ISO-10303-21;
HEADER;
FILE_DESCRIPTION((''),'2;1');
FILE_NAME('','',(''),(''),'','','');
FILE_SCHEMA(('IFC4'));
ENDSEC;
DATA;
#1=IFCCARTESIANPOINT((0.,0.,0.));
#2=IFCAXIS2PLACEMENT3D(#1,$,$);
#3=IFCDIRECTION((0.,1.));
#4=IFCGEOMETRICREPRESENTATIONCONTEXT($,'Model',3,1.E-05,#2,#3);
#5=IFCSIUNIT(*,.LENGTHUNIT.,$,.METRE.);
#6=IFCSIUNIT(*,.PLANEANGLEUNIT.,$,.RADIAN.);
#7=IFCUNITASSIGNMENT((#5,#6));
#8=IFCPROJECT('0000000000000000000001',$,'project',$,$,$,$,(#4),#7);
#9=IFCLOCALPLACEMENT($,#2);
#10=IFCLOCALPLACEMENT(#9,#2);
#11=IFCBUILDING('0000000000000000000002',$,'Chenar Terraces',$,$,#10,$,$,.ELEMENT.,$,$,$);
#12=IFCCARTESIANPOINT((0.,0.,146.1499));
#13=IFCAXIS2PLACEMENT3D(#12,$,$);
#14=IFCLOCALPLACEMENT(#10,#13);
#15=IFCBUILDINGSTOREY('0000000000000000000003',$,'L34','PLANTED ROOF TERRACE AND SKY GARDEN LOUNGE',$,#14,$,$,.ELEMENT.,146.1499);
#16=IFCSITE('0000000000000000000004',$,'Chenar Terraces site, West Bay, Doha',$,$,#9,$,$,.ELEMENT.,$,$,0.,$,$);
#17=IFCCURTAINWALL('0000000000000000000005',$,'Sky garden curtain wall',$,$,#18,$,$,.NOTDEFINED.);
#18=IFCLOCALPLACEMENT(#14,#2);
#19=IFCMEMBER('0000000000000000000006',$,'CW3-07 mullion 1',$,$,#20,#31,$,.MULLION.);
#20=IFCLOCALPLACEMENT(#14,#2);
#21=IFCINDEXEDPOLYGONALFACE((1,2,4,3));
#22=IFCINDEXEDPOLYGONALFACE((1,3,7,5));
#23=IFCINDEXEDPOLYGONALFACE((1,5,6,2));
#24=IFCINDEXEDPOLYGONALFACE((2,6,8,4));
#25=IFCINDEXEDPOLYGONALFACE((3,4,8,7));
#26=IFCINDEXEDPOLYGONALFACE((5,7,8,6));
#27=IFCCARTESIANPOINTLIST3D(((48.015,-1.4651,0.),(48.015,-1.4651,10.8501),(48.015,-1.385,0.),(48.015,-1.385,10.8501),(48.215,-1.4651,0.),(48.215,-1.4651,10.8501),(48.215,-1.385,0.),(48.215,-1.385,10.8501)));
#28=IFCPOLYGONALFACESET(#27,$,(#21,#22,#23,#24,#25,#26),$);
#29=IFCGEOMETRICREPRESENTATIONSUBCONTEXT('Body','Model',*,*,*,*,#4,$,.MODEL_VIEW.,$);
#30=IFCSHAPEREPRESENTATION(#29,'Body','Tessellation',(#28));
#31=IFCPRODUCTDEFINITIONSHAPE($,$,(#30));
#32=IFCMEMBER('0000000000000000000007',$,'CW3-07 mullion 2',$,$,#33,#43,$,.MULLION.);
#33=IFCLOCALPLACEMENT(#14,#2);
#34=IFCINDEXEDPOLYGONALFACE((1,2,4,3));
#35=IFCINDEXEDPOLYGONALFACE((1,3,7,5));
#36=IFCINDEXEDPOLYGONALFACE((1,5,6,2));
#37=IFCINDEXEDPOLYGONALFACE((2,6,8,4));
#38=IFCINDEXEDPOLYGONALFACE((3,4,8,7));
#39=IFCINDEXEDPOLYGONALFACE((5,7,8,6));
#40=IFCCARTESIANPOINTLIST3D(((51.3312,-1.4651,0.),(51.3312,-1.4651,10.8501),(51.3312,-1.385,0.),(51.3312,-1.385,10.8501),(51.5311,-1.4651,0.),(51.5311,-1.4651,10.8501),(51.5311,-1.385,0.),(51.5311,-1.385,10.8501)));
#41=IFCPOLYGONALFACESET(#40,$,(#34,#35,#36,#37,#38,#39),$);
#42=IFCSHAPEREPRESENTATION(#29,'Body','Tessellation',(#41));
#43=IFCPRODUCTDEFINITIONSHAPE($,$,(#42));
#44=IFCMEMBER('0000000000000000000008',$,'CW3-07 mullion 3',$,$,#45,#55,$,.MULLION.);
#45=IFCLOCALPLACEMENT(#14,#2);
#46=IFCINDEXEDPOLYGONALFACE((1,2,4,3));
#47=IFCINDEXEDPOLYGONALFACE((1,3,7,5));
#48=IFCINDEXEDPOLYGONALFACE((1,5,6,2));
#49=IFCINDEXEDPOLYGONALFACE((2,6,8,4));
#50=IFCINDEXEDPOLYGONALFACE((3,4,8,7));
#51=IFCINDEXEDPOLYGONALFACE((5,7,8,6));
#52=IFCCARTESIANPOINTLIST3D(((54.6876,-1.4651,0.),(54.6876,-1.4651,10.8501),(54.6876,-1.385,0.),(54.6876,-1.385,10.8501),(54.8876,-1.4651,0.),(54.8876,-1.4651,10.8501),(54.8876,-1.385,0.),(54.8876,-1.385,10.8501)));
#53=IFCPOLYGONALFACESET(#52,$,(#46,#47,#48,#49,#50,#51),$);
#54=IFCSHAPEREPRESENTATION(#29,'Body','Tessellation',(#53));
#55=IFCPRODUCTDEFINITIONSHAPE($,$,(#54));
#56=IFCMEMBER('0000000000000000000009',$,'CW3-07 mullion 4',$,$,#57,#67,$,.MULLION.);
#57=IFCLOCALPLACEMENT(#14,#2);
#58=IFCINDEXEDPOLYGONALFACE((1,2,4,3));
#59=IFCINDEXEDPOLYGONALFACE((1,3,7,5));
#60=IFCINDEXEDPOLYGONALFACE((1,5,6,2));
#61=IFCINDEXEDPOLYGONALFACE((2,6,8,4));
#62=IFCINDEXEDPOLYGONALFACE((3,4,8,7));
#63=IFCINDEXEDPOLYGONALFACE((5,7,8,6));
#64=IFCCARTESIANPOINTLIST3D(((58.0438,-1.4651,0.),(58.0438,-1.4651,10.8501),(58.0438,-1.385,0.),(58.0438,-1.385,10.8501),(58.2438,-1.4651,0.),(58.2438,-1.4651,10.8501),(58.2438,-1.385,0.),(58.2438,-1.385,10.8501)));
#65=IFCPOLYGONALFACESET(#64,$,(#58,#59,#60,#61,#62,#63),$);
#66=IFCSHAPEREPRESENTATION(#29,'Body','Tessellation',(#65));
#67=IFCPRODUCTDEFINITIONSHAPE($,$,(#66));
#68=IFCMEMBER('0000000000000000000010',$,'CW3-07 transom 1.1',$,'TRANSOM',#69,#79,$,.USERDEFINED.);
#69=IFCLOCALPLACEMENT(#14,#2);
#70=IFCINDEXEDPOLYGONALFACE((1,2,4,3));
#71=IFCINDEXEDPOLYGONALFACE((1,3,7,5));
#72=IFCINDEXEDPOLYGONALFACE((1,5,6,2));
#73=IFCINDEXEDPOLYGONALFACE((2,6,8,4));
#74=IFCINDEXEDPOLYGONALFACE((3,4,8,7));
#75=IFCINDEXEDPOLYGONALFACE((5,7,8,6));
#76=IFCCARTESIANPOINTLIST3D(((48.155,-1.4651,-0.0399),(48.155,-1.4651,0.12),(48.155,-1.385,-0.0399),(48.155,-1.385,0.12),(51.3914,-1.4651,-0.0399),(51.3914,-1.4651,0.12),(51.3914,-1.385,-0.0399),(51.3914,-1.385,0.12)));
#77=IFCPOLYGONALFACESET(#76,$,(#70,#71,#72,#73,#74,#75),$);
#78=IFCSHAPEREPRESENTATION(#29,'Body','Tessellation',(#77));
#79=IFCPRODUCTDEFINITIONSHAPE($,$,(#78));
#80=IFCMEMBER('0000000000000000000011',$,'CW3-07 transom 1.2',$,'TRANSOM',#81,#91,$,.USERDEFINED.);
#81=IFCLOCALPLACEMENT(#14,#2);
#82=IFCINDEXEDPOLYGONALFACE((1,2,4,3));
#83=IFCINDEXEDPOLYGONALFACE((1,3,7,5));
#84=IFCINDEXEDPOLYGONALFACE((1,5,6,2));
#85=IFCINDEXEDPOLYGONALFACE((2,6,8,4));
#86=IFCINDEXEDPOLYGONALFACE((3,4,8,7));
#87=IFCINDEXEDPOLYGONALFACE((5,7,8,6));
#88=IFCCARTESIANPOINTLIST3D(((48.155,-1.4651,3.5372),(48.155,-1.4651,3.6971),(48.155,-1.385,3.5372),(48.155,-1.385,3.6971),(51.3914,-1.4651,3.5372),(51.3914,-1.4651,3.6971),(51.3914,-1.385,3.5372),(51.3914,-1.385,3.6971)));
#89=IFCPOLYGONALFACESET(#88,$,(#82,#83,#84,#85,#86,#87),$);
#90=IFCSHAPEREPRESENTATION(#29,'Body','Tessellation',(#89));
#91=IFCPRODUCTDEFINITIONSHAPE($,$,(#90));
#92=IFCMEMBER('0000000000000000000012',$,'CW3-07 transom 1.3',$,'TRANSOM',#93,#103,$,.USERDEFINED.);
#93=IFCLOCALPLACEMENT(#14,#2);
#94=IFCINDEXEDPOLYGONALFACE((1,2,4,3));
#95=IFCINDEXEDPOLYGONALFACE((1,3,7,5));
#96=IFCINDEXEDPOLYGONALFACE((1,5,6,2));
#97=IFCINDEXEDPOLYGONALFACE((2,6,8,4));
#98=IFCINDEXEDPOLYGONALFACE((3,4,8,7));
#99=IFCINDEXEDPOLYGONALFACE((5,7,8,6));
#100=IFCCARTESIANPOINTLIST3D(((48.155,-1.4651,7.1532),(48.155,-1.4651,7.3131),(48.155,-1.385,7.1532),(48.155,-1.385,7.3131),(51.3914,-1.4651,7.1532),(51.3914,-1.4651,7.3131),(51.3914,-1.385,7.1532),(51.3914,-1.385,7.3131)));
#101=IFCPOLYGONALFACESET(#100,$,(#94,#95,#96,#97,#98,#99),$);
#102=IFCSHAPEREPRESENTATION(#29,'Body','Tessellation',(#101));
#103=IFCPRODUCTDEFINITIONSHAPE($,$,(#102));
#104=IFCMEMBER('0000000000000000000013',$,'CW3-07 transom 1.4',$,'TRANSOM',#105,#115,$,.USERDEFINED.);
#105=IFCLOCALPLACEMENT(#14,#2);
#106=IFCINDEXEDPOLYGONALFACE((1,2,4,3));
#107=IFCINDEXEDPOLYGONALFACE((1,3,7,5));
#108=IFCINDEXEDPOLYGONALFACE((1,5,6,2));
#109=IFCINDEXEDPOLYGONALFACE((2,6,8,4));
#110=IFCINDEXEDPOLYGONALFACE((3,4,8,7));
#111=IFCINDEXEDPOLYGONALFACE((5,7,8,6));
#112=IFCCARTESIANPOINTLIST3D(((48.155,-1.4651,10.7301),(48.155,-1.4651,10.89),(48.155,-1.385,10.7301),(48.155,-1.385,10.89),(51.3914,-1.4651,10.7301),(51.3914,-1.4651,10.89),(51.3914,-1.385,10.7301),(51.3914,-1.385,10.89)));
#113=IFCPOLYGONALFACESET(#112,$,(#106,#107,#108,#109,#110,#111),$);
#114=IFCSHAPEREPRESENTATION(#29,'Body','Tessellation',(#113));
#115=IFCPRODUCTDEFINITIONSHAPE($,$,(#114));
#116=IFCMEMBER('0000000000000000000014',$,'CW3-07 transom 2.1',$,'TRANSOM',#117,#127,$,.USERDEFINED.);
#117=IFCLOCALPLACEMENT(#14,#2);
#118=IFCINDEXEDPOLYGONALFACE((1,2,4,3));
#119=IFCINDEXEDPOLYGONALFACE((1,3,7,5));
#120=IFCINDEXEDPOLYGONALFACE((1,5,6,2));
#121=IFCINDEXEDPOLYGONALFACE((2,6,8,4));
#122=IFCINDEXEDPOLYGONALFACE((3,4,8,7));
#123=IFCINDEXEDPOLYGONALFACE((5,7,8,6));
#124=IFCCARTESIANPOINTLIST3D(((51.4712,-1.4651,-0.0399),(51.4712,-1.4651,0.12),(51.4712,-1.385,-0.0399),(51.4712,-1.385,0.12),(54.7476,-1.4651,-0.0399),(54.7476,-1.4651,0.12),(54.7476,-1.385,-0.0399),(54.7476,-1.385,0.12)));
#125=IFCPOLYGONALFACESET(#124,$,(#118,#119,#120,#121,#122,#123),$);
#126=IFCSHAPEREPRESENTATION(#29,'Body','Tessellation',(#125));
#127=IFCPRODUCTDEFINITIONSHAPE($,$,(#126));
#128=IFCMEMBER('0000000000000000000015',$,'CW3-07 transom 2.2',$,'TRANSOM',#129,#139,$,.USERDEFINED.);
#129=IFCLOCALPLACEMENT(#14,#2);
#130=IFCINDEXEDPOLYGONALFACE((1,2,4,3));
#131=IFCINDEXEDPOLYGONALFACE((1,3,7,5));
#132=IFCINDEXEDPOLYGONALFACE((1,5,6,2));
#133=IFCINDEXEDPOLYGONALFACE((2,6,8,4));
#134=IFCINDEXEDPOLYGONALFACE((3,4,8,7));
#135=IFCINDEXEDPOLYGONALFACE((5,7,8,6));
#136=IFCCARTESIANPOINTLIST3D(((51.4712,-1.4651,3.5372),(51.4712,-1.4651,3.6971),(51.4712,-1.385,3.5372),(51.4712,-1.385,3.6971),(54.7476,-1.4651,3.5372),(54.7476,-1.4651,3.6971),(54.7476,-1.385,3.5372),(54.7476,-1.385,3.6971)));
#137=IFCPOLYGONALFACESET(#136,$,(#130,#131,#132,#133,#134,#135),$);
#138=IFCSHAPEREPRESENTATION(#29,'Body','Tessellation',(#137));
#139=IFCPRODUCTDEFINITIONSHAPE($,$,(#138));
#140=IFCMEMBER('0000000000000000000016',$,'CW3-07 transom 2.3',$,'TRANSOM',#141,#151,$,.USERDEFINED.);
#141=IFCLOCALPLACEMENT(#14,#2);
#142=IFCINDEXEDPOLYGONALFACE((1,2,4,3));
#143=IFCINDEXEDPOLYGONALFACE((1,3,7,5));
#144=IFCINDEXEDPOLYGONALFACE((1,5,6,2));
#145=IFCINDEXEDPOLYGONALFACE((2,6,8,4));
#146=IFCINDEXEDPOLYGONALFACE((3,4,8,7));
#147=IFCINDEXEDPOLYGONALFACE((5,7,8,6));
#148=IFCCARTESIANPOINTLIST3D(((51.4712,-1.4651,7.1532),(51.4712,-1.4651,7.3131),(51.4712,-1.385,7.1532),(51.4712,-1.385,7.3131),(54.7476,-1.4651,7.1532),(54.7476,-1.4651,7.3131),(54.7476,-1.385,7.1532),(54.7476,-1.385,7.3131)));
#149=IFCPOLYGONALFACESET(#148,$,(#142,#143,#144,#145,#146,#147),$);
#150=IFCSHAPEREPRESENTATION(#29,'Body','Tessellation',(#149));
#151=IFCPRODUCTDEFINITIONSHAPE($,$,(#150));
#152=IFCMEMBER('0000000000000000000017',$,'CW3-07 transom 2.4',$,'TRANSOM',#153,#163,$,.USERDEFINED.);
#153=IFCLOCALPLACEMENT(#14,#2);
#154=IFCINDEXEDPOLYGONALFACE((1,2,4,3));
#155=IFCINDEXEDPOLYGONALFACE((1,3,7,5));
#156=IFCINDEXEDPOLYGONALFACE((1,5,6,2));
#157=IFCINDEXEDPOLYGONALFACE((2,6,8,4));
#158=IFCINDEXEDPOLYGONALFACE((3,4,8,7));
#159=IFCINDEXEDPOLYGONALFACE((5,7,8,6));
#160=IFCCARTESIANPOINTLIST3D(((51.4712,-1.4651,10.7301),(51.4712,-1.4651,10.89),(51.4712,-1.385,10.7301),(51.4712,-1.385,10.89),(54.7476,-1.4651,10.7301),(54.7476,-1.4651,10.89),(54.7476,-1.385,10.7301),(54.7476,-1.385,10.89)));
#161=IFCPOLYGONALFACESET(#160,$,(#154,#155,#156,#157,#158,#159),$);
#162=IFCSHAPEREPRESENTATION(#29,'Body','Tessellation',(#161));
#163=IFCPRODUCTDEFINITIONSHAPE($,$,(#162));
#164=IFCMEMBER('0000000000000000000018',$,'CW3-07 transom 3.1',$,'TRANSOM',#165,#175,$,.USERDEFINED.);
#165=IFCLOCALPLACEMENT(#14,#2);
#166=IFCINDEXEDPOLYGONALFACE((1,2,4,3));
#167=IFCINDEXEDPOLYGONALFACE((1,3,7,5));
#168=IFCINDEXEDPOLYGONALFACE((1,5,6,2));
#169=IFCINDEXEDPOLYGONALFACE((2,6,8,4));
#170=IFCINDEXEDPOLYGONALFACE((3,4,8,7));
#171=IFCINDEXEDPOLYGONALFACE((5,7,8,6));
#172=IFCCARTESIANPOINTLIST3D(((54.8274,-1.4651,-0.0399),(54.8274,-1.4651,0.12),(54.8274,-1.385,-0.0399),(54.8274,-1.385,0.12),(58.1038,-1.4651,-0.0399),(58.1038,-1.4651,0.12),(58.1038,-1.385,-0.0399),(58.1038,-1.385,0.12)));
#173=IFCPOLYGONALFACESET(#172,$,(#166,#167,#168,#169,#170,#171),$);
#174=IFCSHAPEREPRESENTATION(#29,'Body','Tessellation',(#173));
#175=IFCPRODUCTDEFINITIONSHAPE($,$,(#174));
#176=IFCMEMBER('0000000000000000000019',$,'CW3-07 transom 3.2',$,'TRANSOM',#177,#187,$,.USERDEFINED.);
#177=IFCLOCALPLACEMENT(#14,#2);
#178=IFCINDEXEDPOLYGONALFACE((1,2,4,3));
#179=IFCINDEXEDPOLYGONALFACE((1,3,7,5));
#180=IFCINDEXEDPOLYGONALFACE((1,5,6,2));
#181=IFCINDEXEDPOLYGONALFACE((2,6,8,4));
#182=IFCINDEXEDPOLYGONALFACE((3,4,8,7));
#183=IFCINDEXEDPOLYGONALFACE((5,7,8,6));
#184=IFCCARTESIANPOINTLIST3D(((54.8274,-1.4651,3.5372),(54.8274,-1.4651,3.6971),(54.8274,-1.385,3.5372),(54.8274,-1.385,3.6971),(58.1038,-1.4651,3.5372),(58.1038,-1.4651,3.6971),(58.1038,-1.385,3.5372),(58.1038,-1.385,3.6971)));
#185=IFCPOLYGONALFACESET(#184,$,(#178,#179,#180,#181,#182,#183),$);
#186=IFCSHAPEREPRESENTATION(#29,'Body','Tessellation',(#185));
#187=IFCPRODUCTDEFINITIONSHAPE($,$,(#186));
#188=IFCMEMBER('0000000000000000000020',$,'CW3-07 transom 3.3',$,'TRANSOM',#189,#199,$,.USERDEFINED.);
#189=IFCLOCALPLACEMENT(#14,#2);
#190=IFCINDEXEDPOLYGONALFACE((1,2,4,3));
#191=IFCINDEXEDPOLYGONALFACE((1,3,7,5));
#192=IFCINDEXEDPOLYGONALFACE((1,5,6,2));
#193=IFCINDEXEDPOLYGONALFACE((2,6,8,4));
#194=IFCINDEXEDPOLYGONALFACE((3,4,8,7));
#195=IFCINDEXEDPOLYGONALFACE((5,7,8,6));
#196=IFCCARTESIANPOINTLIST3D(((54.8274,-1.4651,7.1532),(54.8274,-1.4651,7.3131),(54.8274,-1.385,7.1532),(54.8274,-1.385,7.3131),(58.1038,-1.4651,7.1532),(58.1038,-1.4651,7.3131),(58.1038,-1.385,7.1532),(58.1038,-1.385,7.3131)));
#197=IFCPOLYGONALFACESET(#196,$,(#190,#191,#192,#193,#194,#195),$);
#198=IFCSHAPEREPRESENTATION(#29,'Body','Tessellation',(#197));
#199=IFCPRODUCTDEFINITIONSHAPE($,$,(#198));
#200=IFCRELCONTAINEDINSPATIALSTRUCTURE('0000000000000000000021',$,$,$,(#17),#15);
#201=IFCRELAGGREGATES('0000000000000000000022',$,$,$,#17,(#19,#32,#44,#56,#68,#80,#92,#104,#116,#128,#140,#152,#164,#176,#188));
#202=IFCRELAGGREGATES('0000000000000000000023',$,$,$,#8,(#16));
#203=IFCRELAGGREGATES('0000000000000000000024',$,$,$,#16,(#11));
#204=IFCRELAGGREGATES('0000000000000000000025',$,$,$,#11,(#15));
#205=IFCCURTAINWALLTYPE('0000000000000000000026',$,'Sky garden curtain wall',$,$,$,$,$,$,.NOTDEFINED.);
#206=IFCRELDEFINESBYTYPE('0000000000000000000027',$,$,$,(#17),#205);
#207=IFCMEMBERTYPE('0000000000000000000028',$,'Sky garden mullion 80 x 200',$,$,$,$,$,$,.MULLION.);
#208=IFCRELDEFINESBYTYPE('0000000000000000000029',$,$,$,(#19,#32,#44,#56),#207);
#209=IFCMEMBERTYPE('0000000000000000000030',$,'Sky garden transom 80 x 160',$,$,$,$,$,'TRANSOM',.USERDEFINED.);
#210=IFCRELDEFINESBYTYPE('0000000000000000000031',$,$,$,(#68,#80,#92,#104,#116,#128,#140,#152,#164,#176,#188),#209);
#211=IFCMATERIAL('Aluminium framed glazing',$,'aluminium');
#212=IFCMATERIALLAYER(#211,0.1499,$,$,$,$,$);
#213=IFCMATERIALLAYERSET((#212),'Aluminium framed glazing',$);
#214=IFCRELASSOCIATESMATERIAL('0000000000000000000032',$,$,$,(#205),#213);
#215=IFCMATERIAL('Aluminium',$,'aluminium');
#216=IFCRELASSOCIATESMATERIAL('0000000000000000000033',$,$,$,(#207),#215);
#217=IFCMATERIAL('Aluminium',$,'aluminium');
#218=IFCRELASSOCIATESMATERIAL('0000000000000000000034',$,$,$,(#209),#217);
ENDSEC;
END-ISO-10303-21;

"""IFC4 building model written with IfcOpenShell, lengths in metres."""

from ifc_helpers import new_model, si_unit, direction, frame, origin, origin_2d, place, context, subcontext, project, spatial, rectangle, extrude, material, layer, layer_set, material_profile, profile_set, type_object, element, aggregate, save


model = new_model("IFC4")

# Units and contexts
model_context = context("Model", 3, precision=1e-05, world=origin(), true_north=direction((0.0, 1.0)))
body_context = subcontext(model_context, "Body", "Model", "MODEL_VIEW")
ifc_project = project(units=[si_unit("LENGTHUNIT", "METRE"), si_unit("PLANEANGLEUNIT", "RADIAN")], contexts=[model_context])

# Site, building, storey
site_placement = place(None, origin())
site = spatial("IfcSite", under=ifc_project, at=site_placement, Name="Chenar Terraces site, West Bay, Doha", CompositionType="ELEMENT", RefElevation=0.0)
building_placement = place(site_placement, origin())
building = spatial("IfcBuilding", under=site, at=building_placement, Name="Chenar Terraces", CompositionType="ELEMENT")
storey_placement = place(building_placement, frame((0.0, 0.0, 146.1499)))
storey = spatial("IfcBuildingStorey", under=building, at=storey_placement, Name="L34", Description="PLANTED ROOF TERRACE AND SKY GARDEN LOUNGE", CompositionType="ELEMENT", Elevation=146.1499)

# Curtain wall, members
ifc_material_1 = material(Name="Aluminium framed glazing", Category="aluminium")
ifc_layer_1 = layer(ifc_material_1, 0.1499)
ifc_layer_set_1 = layer_set([ifc_layer_1], Name="Aluminium framed glazing")
curtain_wall_type = type_object("IfcCurtainWallType", Name="Sky garden curtain wall", PredefinedType="NOTDEFINED", material=ifc_layer_set_1)
curtain_wall_placement = place(storey_placement, origin())
curtain_wall = element("IfcCurtainWall", 1, at=curtain_wall_placement, inside=storey, type_object=curtain_wall_type, Name="Sky garden curtain wall", PredefinedType="NOTDEFINED")
ifc_material_2 = material(Name="Aluminium", Category="aluminium")
ifc_material_profile_1 = material_profile(ifc_material_2, rectangle(XDim=0.0801, YDim=0.2, at=origin_2d()), Name="Sky garden mullion 80 x 200")
ifc_profile_set_1 = profile_set([ifc_material_profile_1], Name="Aluminium")
member_type_1 = type_object("IfcMemberType", Name="Sky garden mullion 80 x 200", PredefinedType="MULLION", material=ifc_profile_set_1)
member_1_placement = place(storey_placement, frame((48.115, -1.425, 0.0), z_axis=(0.0, 0.0, 1.0), x_axis=(0.0, 1.0, 0.0)))
member_1 = element("IfcMember", 2, at=member_1_placement, type_object=member_type_1, Name="CW3-07 mullion 1", PredefinedType="MULLION", context=body_context, shape_type="SweptSolid", body=[
    extrude(rectangle(XDim=0.0801, YDim=0.2, at=origin_2d()), origin(), (0.0, 0.0, 1.0), 10.8501),
])
member_2_placement = place(storey_placement, frame((51.4312, -1.425, 0.0), z_axis=(0.0, 0.0, 1.0), x_axis=(0.0, 1.0, 0.0)))
member_2 = element("IfcMember", 3, at=member_2_placement, type_object=member_type_1, Name="CW3-07 mullion 2", PredefinedType="MULLION", context=body_context, shape_type="SweptSolid", body=[
    extrude(rectangle(XDim=0.0801, YDim=0.2, at=origin_2d()), origin(), (0.0, 0.0, 1.0), 10.8501),
])
member_3_placement = place(storey_placement, frame((54.7876, -1.425, 0.0), z_axis=(0.0, 0.0, 1.0), x_axis=(0.0, 1.0, 0.0)))
member_3 = element("IfcMember", 4, at=member_3_placement, type_object=member_type_1, Name="CW3-07 mullion 3", PredefinedType="MULLION", context=body_context, shape_type="SweptSolid", body=[
    extrude(rectangle(XDim=0.0801, YDim=0.2, at=origin_2d()), origin(), (0.0, 0.0, 1.0), 10.8501),
])
member_4_placement = place(storey_placement, frame((58.1438, -1.425, 0.0), z_axis=(0.0, 0.0, 1.0), x_axis=(0.0, 1.0, 0.0)))
member_4 = element("IfcMember", 5, at=member_4_placement, type_object=member_type_1, Name="CW3-07 mullion 4", PredefinedType="MULLION", context=body_context, shape_type="SweptSolid", body=[
    extrude(rectangle(XDim=0.0801, YDim=0.2, at=origin_2d()), origin(), (0.0, 0.0, 1.0), 10.8501),
])
ifc_material_3 = material(Name="Aluminium", Category="aluminium")
ifc_material_profile_2 = material_profile(ifc_material_3, rectangle(XDim=0.0801, YDim=0.1599, at=origin_2d()), Name="Sky garden transom 80 x 160")
ifc_profile_set_2 = profile_set([ifc_material_profile_2], Name="Aluminium")
member_type_2 = type_object("IfcMemberType", Name="Sky garden transom 80 x 160", ElementType="TRANSOM", PredefinedType="USERDEFINED", material=ifc_profile_set_2)
member_5_placement = place(storey_placement, frame((48.155, -1.425, 0.04), z_axis=(1.0, 0.0, 0.0), x_axis=(0.0, 1.0, 0.0)))
member_5 = element("IfcMember", 6, at=member_5_placement, type_object=member_type_2, Name="CW3-07 transom 1.1", ObjectType="TRANSOM", PredefinedType="USERDEFINED", context=body_context, shape_type="SweptSolid", body=[
    extrude(rectangle(XDim=0.0801, YDim=0.1599, at=origin_2d()), origin(), (0.0, 0.0, 1.0), 3.2363),
])
member_6_placement = place(storey_placement, frame((48.155, -1.425, 3.6172), z_axis=(1.0, 0.0, 0.0), x_axis=(0.0, 1.0, 0.0)))
member_6 = element("IfcMember", 7, at=member_6_placement, type_object=member_type_2, Name="CW3-07 transom 1.2", ObjectType="TRANSOM", PredefinedType="USERDEFINED", context=body_context, shape_type="SweptSolid", body=[
    extrude(rectangle(XDim=0.0801, YDim=0.1599, at=origin_2d()), origin(), (0.0, 0.0, 1.0), 3.2363),
])
member_7_placement = place(storey_placement, frame((48.155, -1.425, 7.2332), z_axis=(1.0, 0.0, 0.0), x_axis=(0.0, 1.0, 0.0)))
member_7 = element("IfcMember", 8, at=member_7_placement, type_object=member_type_2, Name="CW3-07 transom 1.3", ObjectType="TRANSOM", PredefinedType="USERDEFINED", context=body_context, shape_type="SweptSolid", body=[
    extrude(rectangle(XDim=0.0801, YDim=0.1599, at=origin_2d()), origin(), (0.0, 0.0, 1.0), 3.2363),
])
member_8_placement = place(storey_placement, frame((48.155, -1.425, 10.8101), z_axis=(1.0, 0.0, 0.0), x_axis=(0.0, 1.0, 0.0)))
member_8 = element("IfcMember", 9, at=member_8_placement, type_object=member_type_2, Name="CW3-07 transom 1.4", ObjectType="TRANSOM", PredefinedType="USERDEFINED", context=body_context, shape_type="SweptSolid", body=[
    extrude(rectangle(XDim=0.0801, YDim=0.1599, at=origin_2d()), origin(), (0.0, 0.0, 1.0), 3.2363),
])
member_9_placement = place(storey_placement, frame((51.4712, -1.425, 0.04), z_axis=(1.0, 0.0, 0.0), x_axis=(0.0, 1.0, 0.0)))
member_9 = element("IfcMember", 10, at=member_9_placement, type_object=member_type_2, Name="CW3-07 transom 2.1", ObjectType="TRANSOM", PredefinedType="USERDEFINED", context=body_context, shape_type="SweptSolid", body=[
    extrude(rectangle(XDim=0.0801, YDim=0.1599, at=origin_2d()), origin(), (0.0, 0.0, 1.0), 3.2764),
])
member_10_placement = place(storey_placement, frame((51.4712, -1.425, 3.6172), z_axis=(1.0, 0.0, 0.0), x_axis=(0.0, 1.0, 0.0)))
member_10 = element("IfcMember", 11, at=member_10_placement, type_object=member_type_2, Name="CW3-07 transom 2.2", ObjectType="TRANSOM", PredefinedType="USERDEFINED", context=body_context, shape_type="SweptSolid", body=[
    extrude(rectangle(XDim=0.0801, YDim=0.1599, at=origin_2d()), origin(), (0.0, 0.0, 1.0), 3.2764),
])
member_11_placement = place(storey_placement, frame((51.4712, -1.425, 7.2332), z_axis=(1.0, 0.0, 0.0), x_axis=(0.0, 1.0, 0.0)))
member_11 = element("IfcMember", 12, at=member_11_placement, type_object=member_type_2, Name="CW3-07 transom 2.3", ObjectType="TRANSOM", PredefinedType="USERDEFINED", context=body_context, shape_type="SweptSolid", body=[
    extrude(rectangle(XDim=0.0801, YDim=0.1599, at=origin_2d()), origin(), (0.0, 0.0, 1.0), 3.2764),
])
member_12_placement = place(storey_placement, frame((51.4712, -1.425, 10.8101), z_axis=(1.0, 0.0, 0.0), x_axis=(0.0, 1.0, 0.0)))
member_12 = element("IfcMember", 13, at=member_12_placement, type_object=member_type_2, Name="CW3-07 transom 2.4", ObjectType="TRANSOM", PredefinedType="USERDEFINED", context=body_context, shape_type="SweptSolid", body=[
    extrude(rectangle(XDim=0.0801, YDim=0.1599, at=origin_2d()), origin(), (0.0, 0.0, 1.0), 3.2764),
])
member_13_placement = place(storey_placement, frame((54.8274, -1.425, 0.04), z_axis=(1.0, 0.0, 0.0), x_axis=(0.0, 1.0, 0.0)))
member_13 = element("IfcMember", 14, at=member_13_placement, type_object=member_type_2, Name="CW3-07 transom 3.1", ObjectType="TRANSOM", PredefinedType="USERDEFINED", context=body_context, shape_type="SweptSolid", body=[
    extrude(rectangle(XDim=0.0801, YDim=0.1599, at=origin_2d()), origin(), (0.0, 0.0, 1.0), 3.2764),
])
member_14_placement = place(storey_placement, frame((54.8274, -1.425, 3.6172), z_axis=(1.0, 0.0, 0.0), x_axis=(0.0, 1.0, 0.0)))
member_14 = element("IfcMember", 15, at=member_14_placement, type_object=member_type_2, Name="CW3-07 transom 3.2", ObjectType="TRANSOM", PredefinedType="USERDEFINED", context=body_context, shape_type="SweptSolid", body=[
    extrude(rectangle(XDim=0.0801, YDim=0.1599, at=origin_2d()), origin(), (0.0, 0.0, 1.0), 3.2764),
])
member_15_placement = place(storey_placement, frame((54.8274, -1.425, 7.2332), z_axis=(1.0, 0.0, 0.0), x_axis=(0.0, 1.0, 0.0)))
member_15 = element("IfcMember", 16, at=member_15_placement, type_object=member_type_2, Name="CW3-07 transom 3.3", ObjectType="TRANSOM", PredefinedType="USERDEFINED", context=body_context, shape_type="SweptSolid", body=[
    extrude(rectangle(XDim=0.0801, YDim=0.1599, at=origin_2d()), origin(), (0.0, 0.0, 1.0), 3.2764),
])
aggregate(curtain_wall, [member_1, member_2, member_3, member_4, member_5, member_6, member_7, member_8, member_9, member_10, member_11, member_12, member_13, member_14, member_15])

save(model, "model.ifc")
